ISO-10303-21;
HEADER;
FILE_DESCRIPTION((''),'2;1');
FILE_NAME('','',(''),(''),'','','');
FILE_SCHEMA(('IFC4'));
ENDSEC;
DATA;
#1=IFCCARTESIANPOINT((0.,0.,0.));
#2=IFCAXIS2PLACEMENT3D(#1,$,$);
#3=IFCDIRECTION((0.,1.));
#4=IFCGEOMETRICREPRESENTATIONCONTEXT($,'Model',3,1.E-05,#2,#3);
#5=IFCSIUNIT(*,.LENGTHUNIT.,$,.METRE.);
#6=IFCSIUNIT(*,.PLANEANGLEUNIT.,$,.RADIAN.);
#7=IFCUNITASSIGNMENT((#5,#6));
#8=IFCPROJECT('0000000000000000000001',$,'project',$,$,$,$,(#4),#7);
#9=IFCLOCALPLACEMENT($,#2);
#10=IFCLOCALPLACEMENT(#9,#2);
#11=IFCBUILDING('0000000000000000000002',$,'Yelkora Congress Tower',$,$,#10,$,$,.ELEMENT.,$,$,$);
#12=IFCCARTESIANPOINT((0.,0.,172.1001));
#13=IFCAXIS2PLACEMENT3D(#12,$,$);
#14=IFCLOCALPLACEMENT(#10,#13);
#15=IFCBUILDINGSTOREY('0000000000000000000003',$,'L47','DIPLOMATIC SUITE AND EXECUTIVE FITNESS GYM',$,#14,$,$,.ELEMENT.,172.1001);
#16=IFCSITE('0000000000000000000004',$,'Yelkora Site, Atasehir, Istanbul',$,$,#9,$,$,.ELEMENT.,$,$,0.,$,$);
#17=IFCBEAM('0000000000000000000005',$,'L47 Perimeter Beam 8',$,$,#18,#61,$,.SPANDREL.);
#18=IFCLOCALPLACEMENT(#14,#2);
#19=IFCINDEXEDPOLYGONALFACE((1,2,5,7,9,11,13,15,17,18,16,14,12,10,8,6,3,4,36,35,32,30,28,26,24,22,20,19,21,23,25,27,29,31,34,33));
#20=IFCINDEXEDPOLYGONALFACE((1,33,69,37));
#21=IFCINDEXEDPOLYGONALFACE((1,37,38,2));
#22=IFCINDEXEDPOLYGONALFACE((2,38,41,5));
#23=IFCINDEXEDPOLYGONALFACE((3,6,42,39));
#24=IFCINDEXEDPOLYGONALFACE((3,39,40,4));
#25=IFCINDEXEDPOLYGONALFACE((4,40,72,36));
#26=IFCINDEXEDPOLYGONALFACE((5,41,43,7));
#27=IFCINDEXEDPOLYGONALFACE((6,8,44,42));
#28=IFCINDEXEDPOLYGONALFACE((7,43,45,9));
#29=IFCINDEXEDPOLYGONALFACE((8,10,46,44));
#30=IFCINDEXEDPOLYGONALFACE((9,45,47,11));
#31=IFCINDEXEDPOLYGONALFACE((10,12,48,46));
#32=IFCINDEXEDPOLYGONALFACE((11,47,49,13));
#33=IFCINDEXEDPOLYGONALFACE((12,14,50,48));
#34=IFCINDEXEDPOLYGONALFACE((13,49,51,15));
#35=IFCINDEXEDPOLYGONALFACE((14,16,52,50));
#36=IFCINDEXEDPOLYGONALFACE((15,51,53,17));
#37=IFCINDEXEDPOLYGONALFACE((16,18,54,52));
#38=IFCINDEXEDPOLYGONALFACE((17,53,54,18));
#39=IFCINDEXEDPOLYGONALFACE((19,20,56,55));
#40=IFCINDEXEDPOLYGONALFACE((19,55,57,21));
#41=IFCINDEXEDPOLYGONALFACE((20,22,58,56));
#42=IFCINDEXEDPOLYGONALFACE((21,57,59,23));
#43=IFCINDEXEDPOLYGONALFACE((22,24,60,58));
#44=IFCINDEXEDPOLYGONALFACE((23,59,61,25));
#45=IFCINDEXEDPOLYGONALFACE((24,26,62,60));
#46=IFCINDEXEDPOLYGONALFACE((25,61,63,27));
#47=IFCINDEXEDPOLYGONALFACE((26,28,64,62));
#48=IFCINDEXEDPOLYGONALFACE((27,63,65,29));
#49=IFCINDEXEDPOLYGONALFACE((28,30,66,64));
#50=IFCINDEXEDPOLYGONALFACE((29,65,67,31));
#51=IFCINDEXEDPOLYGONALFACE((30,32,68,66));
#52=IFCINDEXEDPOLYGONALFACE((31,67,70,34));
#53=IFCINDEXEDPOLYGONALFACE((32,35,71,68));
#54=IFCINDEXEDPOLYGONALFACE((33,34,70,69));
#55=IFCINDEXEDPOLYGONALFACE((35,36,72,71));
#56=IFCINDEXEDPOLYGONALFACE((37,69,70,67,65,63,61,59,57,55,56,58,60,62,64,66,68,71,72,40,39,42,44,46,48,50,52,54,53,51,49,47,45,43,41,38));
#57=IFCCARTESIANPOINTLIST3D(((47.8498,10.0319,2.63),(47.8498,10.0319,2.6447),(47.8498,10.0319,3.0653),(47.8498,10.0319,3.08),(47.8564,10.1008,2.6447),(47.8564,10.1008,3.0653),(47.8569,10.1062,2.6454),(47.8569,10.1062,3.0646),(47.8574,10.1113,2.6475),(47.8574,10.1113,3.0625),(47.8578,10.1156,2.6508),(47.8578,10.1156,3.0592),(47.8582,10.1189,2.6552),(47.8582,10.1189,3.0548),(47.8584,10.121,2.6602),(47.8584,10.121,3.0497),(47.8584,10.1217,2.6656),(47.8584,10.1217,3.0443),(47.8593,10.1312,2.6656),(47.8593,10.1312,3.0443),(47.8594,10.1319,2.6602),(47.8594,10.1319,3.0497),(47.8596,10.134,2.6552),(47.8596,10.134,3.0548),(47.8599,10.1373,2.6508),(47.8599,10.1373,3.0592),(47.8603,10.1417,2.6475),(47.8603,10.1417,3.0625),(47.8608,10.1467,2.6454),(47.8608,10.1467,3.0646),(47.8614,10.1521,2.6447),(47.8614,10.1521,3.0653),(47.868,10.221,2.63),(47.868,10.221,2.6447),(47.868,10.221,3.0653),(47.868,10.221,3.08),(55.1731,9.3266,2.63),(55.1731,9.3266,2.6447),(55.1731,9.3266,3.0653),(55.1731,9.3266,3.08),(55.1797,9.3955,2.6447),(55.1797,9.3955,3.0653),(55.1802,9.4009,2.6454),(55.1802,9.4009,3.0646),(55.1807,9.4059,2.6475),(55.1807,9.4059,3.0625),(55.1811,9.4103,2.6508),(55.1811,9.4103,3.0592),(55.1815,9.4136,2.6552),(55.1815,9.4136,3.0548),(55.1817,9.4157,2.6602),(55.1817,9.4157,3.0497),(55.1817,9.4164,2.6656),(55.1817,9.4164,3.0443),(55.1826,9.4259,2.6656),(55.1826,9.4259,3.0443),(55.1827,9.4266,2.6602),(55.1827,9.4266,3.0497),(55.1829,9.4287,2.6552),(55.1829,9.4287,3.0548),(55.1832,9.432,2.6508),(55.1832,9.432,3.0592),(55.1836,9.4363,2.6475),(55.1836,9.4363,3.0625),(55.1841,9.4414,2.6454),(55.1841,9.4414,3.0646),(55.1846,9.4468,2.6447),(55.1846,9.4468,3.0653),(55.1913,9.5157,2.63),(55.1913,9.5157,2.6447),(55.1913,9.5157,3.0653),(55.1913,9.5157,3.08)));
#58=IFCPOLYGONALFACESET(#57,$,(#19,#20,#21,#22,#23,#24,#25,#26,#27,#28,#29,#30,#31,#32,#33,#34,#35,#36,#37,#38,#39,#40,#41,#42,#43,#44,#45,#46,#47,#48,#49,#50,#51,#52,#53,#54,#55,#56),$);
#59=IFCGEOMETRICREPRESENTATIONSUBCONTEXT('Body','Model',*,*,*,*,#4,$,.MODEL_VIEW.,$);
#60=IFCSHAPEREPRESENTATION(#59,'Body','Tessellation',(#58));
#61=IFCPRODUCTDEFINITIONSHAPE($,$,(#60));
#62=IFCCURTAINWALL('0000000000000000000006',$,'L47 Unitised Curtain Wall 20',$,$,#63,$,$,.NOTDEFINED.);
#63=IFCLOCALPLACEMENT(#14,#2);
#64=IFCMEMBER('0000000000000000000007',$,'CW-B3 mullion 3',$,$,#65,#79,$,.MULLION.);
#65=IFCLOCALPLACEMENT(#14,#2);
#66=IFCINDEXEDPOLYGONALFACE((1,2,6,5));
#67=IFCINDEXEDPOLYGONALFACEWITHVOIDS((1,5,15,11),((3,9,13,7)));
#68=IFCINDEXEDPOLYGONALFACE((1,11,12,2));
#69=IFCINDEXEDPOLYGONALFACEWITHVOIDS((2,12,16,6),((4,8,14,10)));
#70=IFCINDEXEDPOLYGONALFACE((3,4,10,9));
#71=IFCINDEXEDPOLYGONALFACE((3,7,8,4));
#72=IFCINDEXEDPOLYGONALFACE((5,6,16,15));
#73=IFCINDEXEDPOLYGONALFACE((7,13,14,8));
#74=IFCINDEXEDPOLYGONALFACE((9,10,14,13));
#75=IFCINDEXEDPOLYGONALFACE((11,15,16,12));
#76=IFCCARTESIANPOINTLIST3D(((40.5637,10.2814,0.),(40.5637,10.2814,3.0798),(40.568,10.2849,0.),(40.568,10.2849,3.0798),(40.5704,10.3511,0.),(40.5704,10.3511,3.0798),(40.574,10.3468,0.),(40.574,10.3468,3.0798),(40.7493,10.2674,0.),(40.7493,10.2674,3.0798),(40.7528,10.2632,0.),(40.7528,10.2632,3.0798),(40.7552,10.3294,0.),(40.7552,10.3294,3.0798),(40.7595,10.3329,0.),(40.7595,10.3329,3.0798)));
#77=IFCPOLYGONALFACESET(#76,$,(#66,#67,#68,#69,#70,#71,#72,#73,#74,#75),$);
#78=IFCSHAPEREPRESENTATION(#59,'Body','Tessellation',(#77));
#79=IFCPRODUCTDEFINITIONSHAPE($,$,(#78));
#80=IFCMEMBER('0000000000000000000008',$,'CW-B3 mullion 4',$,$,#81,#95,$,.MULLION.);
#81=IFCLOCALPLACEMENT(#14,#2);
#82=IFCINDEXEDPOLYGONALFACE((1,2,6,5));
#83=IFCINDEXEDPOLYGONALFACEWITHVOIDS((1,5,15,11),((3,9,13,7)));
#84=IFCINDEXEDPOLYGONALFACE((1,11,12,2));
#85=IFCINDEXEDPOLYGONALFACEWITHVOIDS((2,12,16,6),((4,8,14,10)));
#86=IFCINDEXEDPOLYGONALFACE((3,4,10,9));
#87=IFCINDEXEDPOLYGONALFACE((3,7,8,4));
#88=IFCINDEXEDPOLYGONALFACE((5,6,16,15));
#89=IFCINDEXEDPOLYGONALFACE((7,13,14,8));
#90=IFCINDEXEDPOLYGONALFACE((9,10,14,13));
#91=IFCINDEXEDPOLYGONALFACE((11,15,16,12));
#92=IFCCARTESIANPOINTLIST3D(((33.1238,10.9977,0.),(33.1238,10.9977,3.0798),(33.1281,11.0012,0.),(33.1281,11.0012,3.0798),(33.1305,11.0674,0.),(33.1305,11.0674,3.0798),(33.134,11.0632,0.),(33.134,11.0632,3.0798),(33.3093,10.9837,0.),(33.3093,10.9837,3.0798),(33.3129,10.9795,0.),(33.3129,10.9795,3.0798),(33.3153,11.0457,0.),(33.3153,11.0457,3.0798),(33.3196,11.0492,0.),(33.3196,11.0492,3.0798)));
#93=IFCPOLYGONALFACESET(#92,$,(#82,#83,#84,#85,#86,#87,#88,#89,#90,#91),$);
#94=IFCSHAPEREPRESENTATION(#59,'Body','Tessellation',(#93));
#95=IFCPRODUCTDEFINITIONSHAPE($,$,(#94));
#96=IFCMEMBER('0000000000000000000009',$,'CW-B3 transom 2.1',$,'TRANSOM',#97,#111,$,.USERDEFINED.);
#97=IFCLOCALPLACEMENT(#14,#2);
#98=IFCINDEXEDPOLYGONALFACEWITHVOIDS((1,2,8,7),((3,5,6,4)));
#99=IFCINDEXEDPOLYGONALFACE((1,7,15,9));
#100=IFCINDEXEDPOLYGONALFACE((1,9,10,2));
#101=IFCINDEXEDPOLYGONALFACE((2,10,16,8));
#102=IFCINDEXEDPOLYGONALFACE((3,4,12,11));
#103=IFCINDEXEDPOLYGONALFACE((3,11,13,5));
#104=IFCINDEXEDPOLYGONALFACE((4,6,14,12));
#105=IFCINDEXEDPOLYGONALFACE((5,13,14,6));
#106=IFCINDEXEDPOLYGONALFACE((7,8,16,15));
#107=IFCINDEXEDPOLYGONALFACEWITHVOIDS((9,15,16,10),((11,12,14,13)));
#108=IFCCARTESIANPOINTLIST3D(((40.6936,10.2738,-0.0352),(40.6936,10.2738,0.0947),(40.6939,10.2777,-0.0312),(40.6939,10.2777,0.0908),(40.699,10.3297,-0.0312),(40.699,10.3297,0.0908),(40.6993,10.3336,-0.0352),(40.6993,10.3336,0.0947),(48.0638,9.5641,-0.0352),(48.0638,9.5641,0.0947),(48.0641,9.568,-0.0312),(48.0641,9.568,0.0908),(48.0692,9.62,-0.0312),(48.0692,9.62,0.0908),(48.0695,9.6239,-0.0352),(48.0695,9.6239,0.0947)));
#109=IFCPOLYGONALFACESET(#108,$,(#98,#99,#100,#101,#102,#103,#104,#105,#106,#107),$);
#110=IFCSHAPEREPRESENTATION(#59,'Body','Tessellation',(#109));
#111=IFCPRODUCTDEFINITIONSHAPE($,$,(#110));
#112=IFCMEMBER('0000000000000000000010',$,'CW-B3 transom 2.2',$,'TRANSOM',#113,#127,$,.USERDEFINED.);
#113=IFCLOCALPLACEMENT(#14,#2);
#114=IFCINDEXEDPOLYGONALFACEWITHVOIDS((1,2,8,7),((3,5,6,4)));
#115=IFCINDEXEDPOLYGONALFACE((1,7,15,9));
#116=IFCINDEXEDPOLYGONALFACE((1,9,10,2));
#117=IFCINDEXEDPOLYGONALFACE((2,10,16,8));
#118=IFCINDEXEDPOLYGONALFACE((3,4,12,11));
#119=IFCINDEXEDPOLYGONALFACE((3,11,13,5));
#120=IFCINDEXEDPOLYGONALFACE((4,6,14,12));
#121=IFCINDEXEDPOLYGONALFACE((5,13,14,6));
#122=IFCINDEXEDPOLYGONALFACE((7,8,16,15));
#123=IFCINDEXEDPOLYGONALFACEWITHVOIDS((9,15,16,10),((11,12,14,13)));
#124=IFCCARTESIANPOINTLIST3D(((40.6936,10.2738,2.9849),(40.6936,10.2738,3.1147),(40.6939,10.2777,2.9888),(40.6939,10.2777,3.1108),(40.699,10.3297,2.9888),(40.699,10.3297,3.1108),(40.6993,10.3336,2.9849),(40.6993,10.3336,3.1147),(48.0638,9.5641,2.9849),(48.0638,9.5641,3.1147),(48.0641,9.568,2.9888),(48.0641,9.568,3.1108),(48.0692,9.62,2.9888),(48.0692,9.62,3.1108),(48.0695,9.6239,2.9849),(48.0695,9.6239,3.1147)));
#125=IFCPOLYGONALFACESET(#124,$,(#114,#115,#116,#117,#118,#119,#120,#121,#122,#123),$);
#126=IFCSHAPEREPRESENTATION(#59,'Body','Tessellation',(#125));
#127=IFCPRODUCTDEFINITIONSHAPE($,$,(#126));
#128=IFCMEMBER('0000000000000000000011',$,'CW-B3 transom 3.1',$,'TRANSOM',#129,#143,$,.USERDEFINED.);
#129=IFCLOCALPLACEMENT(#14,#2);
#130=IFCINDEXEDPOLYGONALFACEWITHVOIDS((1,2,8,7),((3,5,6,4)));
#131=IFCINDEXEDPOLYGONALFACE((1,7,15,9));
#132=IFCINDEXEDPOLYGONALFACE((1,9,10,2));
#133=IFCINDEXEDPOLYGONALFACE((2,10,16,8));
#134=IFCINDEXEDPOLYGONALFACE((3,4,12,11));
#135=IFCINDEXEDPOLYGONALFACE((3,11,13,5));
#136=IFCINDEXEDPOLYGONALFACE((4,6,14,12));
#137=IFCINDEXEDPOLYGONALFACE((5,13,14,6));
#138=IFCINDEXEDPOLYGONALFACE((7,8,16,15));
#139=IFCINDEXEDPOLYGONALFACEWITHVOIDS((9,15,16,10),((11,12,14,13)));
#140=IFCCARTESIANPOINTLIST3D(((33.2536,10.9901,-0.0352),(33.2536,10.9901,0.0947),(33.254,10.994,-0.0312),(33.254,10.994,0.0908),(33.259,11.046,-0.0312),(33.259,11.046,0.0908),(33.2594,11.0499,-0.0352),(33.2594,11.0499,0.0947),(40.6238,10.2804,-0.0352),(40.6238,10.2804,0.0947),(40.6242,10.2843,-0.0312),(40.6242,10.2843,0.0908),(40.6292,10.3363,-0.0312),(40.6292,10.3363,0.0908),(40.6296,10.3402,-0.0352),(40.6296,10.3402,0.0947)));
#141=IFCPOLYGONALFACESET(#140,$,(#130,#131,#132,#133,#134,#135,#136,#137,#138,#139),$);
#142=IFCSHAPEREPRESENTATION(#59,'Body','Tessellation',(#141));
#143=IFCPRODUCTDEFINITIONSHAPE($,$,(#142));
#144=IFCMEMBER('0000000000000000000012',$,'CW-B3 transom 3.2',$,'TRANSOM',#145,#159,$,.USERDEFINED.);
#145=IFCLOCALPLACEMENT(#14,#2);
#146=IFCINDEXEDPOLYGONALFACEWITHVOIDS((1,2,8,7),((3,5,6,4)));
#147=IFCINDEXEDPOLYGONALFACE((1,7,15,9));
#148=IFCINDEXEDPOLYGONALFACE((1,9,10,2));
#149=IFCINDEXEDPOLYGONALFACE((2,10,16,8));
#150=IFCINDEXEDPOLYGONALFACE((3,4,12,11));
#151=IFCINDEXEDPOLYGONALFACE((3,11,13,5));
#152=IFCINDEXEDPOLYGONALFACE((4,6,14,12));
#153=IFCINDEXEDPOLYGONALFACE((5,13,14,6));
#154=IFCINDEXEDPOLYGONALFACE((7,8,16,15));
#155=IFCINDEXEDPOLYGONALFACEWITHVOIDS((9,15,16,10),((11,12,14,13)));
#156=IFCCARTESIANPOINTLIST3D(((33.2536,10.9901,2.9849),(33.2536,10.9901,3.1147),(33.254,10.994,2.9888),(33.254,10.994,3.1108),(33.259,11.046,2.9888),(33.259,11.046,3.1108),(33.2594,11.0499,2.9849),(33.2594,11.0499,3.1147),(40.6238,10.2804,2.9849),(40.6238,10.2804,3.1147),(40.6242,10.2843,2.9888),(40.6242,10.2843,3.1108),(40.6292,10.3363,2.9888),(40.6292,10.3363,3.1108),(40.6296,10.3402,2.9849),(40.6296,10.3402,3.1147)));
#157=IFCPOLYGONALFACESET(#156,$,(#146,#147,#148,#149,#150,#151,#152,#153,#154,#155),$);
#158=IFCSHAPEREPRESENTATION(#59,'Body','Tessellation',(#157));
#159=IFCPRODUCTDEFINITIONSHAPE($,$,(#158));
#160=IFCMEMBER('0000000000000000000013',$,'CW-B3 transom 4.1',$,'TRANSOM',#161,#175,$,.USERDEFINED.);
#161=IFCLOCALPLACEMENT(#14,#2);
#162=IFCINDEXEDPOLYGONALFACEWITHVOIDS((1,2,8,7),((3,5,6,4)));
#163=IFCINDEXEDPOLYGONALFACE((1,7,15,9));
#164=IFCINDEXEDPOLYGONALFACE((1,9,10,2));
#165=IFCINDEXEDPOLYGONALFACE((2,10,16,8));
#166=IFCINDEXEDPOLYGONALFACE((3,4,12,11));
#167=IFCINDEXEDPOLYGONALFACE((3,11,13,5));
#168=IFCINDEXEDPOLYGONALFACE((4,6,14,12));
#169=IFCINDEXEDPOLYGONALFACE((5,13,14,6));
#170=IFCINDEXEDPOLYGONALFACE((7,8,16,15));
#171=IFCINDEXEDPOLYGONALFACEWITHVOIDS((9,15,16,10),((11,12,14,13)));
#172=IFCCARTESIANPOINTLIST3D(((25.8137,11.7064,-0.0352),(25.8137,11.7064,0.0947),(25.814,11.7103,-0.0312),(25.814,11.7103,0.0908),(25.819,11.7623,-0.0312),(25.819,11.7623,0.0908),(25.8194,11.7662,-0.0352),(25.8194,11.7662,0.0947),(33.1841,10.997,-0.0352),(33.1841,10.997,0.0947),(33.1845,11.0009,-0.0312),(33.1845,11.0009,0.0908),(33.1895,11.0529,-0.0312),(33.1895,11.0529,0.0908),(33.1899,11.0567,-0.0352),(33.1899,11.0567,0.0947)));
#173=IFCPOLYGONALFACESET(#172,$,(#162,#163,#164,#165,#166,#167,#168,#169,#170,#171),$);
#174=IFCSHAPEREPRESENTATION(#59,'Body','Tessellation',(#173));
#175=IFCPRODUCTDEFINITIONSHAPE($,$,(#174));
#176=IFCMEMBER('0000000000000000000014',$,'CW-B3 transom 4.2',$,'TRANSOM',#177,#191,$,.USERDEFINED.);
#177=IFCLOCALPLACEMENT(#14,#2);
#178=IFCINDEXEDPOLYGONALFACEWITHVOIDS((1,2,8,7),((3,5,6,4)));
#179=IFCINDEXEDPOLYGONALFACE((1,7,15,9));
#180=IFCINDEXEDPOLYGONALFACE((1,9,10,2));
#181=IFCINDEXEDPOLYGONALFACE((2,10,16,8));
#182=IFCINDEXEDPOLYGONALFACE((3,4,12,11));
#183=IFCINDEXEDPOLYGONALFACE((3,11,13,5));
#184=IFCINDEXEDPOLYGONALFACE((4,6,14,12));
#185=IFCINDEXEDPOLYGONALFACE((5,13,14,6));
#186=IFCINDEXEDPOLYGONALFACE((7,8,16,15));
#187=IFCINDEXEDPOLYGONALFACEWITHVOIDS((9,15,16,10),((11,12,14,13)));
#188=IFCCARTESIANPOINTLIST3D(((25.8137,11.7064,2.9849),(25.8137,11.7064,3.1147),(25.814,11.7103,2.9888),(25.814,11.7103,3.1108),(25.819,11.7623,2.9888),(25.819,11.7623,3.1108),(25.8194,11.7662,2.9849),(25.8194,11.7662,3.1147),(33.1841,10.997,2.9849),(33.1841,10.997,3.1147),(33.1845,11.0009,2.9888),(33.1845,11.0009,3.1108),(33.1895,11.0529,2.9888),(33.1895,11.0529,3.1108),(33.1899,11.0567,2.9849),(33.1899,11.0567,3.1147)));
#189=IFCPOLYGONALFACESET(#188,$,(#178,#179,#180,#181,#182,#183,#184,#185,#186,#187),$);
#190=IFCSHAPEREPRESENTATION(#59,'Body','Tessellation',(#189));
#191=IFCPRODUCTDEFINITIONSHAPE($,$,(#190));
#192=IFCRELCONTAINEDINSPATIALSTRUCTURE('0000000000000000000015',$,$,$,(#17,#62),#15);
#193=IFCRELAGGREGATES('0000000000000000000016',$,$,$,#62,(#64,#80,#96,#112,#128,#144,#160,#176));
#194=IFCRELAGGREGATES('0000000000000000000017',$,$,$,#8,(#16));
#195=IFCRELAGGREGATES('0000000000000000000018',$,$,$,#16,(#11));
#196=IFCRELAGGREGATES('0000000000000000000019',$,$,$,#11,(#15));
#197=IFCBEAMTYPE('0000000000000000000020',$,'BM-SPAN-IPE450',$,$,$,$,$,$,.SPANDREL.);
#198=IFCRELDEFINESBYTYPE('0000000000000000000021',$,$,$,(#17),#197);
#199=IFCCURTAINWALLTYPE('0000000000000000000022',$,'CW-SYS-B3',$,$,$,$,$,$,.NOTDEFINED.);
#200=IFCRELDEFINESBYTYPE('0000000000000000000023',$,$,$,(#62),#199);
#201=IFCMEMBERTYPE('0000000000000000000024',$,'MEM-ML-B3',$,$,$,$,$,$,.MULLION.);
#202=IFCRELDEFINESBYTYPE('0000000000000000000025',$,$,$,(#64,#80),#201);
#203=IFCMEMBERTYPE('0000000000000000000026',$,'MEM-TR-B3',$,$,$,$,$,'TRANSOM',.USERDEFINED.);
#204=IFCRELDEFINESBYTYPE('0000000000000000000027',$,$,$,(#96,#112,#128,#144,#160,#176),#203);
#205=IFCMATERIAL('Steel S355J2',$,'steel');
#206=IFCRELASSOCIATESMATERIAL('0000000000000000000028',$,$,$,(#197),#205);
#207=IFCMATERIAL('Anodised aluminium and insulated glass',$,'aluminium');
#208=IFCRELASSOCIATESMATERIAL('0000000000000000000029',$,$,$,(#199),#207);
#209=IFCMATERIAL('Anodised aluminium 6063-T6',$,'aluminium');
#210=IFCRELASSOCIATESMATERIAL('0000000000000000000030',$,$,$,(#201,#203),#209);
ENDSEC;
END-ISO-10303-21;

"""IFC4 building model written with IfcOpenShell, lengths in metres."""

from ifc_helpers import new_model, si_unit, direction, frame, origin, origin_2d, place, context, subcontext, project, spatial, hollow_rectangle, i_section, extrude, material, material_profile, profile_set, type_object, element, aggregate, save


model = new_model("IFC4")

# Units and contexts
model_context = context("Model", 3, precision=1e-05, world=origin(), true_north=direction((0.0, 1.0)))
body_context = subcontext(model_context, "Body", "Model", "MODEL_VIEW")
ifc_project = project(units=[si_unit("LENGTHUNIT", "METRE"), si_unit("PLANEANGLEUNIT", "RADIAN")], contexts=[model_context])

# Site, building, storey
site_placement = place(None, origin())
site = spatial("IfcSite", under=ifc_project, at=site_placement, Name="Yelkora Site, Atasehir, Istanbul", CompositionType="ELEMENT", RefElevation=0.0)
building_placement = place(site_placement, origin())
building = spatial("IfcBuilding", under=site, at=building_placement, Name="Yelkora Congress Tower", CompositionType="ELEMENT")
storey_placement = place(building_placement, frame((0.0, 0.0, 172.1001)))
storey = spatial("IfcBuildingStorey", under=building, at=storey_placement, Name="L47", Description="DIPLOMATIC SUITE AND EXECUTIVE FITNESS GYM", CompositionType="ELEMENT", Elevation=172.1001)

# Beam
ifc_material_1 = material(Name="Steel S355J2", Category="steel")
ifc_material_profile_1 = material_profile(ifc_material_1, i_section(OverallWidth=0.1899, OverallDepth=0.45, WebThickness=0.0095, FlangeThickness=0.0146, FilletRadius=0.021, at=origin_2d()), Name="IPE 450")
ifc_profile_set_1 = profile_set([ifc_material_profile_1], Name="Steel S355J2")
beam_type_1 = type_object("IfcBeamType", Name="BM-SPAN-IPE450", PredefinedType="SPANDREL", material=ifc_profile_set_1)
for number, where, z_axis, x_axis, name in (
    (1, (47.8589, 10.1265, 2.855), (0.995394, -0.095869, 0.0), (0.095869, 0.995394, 0.0), "L47 Perimeter Beam 8"),
):
    element("IfcBeam", number, at=place(storey_placement, frame(where, z_axis=z_axis, x_axis=x_axis)), inside=storey, type_object=beam_type_1, Name=name, PredefinedType="SPANDREL", context=body_context, shape_type="SweptSolid", body=[
        extrude(i_section(OverallWidth=0.1899, OverallDepth=0.45, WebThickness=0.0095, FlangeThickness=0.0146, FilletRadius=0.021, at=origin_2d()), origin(), (0.0, 0.0, 1.0), 7.3572),
    ])

# Curtain wall, members
ifc_material_2 = material(Name="Anodised aluminium and insulated glass", Category="aluminium")
curtain_wall_type = type_object("IfcCurtainWallType", Name="CW-SYS-B3", PredefinedType="NOTDEFINED", material=ifc_material_2)
curtain_wall_placement = place(storey_placement, origin())
curtain_wall = element("IfcCurtainWall", 2, at=curtain_wall_placement, inside=storey, type_object=curtain_wall_type, Name="L47 Unitised Curtain Wall 20", PredefinedType="NOTDEFINED")
ifc_material_3 = material(Name="Anodised aluminium 6063-T6", Category="aluminium")
ifc_material_profile_2 = material_profile(ifc_material_3, hollow_rectangle(XDim=0.0701, YDim=0.1899, WallThickness=0.0039, at=origin_2d()), Name="ALU 70x190x4")
ifc_profile_set_2 = profile_set([ifc_material_profile_2], Name="Anodised aluminium 6063-T6")
member_type_1 = type_object("IfcMemberType", Name="MEM-ML-B3", PredefinedType="MULLION", material=ifc_profile_set_2)
member_1_placement = place(storey_placement, frame((40.6616, 10.3071, 0.0), z_axis=(0.0, 0.0, 1.0), x_axis=(-0.095845, -0.995396, 0.0)))
member_1 = element("IfcMember", 3, at=member_1_placement, type_object=member_type_1, Name="CW-B3 mullion 3", PredefinedType="MULLION", context=body_context, shape_type="SweptSolid", body=[
    extrude(hollow_rectangle(XDim=0.0701, YDim=0.1899, WallThickness=0.0039, at=origin_2d()), origin(), (0.0, 0.0, 1.0), 3.0798),
])
member_2_placement = place(storey_placement, frame((33.2217, 11.0234, 0.0), z_axis=(0.0, 0.0, 1.0), x_axis=(-0.095845, -0.995396, 0.0)))
member_2 = element("IfcMember", 4, at=member_2_placement, type_object=member_type_1, Name="CW-B3 mullion 4", PredefinedType="MULLION", context=body_context, shape_type="SweptSolid", body=[
    extrude(hollow_rectangle(XDim=0.0701, YDim=0.1899, WallThickness=0.0039, at=origin_2d()), origin(), (0.0, 0.0, 1.0), 3.0798),
])
ifc_material_profile_3 = material_profile(ifc_material_3, hollow_rectangle(XDim=0.0601, YDim=0.1299, WallThickness=0.0039, at=origin_2d()), Name="ALU 60x130x4")
ifc_profile_set_3 = profile_set([ifc_material_profile_3], Name="Anodised aluminium 6063-T6")
member_type_2 = type_object("IfcMemberType", Name="MEM-TR-B3", ElementType="TRANSOM", PredefinedType="USERDEFINED", material=ifc_profile_set_3)
member_3_placement = place(storey_placement, frame((48.0667, 9.594, 0.0298), z_axis=(-0.995395, 0.095853, 0.0), x_axis=(-0.095853, -0.995395, 0.0)))
member_3 = element("IfcMember", 5, at=member_3_placement, type_object=member_type_2, Name="CW-B3 transom 2.1", ObjectType="TRANSOM", PredefinedType="USERDEFINED", context=body_context, shape_type="SweptSolid", body=[
    extrude(hollow_rectangle(XDim=0.0601, YDim=0.1299, WallThickness=0.0039, at=origin_2d()), origin(), (0.0, 0.0, 1.0), 7.4043),
])
member_4_placement = place(storey_placement, frame((48.0667, 9.594, 3.0498), z_axis=(-0.995395, 0.095853, 0.0), x_axis=(-0.095853, -0.995395, 0.0)))
member_4 = element("IfcMember", 6, at=member_4_placement, type_object=member_type_2, Name="CW-B3 transom 2.2", ObjectType="TRANSOM", PredefinedType="USERDEFINED", context=body_context, shape_type="SweptSolid", body=[
    extrude(hollow_rectangle(XDim=0.0601, YDim=0.1299, WallThickness=0.0039, at=origin_2d()), origin(), (0.0, 0.0, 1.0), 7.4043),
])
member_5_placement = place(storey_placement, frame((40.6267, 10.3103, 0.0298), z_axis=(-0.995395, 0.095853, 0.0), x_axis=(-0.095853, -0.995395, 0.0)))
member_5 = element("IfcMember", 7, at=member_5_placement, type_object=member_type_2, Name="CW-B3 transom 3.1", ObjectType="TRANSOM", PredefinedType="USERDEFINED", context=body_context, shape_type="SweptSolid", body=[
    extrude(hollow_rectangle(XDim=0.0601, YDim=0.1299, WallThickness=0.0039, at=origin_2d()), origin(), (0.0, 0.0, 1.0), 7.4043),
])
member_6_placement = place(storey_placement, frame((40.6267, 10.3103, 3.0498), z_axis=(-0.995395, 0.095853, 0.0), x_axis=(-0.095853, -0.995395, 0.0)))
member_6 = element("IfcMember", 8, at=member_6_placement, type_object=member_type_2, Name="CW-B3 transom 3.2", ObjectType="TRANSOM", PredefinedType="USERDEFINED", context=body_context, shape_type="SweptSolid", body=[
    extrude(hollow_rectangle(XDim=0.0601, YDim=0.1299, WallThickness=0.0039, at=origin_2d()), origin(), (0.0, 0.0, 1.0), 7.4043),
])
member_7_placement = place(storey_placement, frame((33.187, 11.0269, 0.0298), z_axis=(-0.995399, 0.095817, 0.0), x_axis=(-0.095817, -0.995399, 0.0)))
member_7 = element("IfcMember", 9, at=member_7_placement, type_object=member_type_2, Name="CW-B3 transom 4.1", ObjectType="TRANSOM", PredefinedType="USERDEFINED", context=body_context, shape_type="SweptSolid", body=[
    extrude(hollow_rectangle(XDim=0.0601, YDim=0.1299, WallThickness=0.0039, at=origin_2d()), origin(), (0.0, 0.0, 1.0), 7.4045),
])
member_8_placement = place(storey_placement, frame((33.187, 11.0269, 3.0498), z_axis=(-0.995399, 0.095817, 0.0), x_axis=(-0.095817, -0.995399, 0.0)))
member_8 = element("IfcMember", 10, at=member_8_placement, type_object=member_type_2, Name="CW-B3 transom 4.2", ObjectType="TRANSOM", PredefinedType="USERDEFINED", context=body_context, shape_type="SweptSolid", body=[
    extrude(hollow_rectangle(XDim=0.0601, YDim=0.1299, WallThickness=0.0039, at=origin_2d()), origin(), (0.0, 0.0, 1.0), 7.4045),
])
aggregate(curtain_wall, [member_1, member_2, member_3, member_4, member_5, member_6, member_7, member_8])

save(model, "model.ifc")
